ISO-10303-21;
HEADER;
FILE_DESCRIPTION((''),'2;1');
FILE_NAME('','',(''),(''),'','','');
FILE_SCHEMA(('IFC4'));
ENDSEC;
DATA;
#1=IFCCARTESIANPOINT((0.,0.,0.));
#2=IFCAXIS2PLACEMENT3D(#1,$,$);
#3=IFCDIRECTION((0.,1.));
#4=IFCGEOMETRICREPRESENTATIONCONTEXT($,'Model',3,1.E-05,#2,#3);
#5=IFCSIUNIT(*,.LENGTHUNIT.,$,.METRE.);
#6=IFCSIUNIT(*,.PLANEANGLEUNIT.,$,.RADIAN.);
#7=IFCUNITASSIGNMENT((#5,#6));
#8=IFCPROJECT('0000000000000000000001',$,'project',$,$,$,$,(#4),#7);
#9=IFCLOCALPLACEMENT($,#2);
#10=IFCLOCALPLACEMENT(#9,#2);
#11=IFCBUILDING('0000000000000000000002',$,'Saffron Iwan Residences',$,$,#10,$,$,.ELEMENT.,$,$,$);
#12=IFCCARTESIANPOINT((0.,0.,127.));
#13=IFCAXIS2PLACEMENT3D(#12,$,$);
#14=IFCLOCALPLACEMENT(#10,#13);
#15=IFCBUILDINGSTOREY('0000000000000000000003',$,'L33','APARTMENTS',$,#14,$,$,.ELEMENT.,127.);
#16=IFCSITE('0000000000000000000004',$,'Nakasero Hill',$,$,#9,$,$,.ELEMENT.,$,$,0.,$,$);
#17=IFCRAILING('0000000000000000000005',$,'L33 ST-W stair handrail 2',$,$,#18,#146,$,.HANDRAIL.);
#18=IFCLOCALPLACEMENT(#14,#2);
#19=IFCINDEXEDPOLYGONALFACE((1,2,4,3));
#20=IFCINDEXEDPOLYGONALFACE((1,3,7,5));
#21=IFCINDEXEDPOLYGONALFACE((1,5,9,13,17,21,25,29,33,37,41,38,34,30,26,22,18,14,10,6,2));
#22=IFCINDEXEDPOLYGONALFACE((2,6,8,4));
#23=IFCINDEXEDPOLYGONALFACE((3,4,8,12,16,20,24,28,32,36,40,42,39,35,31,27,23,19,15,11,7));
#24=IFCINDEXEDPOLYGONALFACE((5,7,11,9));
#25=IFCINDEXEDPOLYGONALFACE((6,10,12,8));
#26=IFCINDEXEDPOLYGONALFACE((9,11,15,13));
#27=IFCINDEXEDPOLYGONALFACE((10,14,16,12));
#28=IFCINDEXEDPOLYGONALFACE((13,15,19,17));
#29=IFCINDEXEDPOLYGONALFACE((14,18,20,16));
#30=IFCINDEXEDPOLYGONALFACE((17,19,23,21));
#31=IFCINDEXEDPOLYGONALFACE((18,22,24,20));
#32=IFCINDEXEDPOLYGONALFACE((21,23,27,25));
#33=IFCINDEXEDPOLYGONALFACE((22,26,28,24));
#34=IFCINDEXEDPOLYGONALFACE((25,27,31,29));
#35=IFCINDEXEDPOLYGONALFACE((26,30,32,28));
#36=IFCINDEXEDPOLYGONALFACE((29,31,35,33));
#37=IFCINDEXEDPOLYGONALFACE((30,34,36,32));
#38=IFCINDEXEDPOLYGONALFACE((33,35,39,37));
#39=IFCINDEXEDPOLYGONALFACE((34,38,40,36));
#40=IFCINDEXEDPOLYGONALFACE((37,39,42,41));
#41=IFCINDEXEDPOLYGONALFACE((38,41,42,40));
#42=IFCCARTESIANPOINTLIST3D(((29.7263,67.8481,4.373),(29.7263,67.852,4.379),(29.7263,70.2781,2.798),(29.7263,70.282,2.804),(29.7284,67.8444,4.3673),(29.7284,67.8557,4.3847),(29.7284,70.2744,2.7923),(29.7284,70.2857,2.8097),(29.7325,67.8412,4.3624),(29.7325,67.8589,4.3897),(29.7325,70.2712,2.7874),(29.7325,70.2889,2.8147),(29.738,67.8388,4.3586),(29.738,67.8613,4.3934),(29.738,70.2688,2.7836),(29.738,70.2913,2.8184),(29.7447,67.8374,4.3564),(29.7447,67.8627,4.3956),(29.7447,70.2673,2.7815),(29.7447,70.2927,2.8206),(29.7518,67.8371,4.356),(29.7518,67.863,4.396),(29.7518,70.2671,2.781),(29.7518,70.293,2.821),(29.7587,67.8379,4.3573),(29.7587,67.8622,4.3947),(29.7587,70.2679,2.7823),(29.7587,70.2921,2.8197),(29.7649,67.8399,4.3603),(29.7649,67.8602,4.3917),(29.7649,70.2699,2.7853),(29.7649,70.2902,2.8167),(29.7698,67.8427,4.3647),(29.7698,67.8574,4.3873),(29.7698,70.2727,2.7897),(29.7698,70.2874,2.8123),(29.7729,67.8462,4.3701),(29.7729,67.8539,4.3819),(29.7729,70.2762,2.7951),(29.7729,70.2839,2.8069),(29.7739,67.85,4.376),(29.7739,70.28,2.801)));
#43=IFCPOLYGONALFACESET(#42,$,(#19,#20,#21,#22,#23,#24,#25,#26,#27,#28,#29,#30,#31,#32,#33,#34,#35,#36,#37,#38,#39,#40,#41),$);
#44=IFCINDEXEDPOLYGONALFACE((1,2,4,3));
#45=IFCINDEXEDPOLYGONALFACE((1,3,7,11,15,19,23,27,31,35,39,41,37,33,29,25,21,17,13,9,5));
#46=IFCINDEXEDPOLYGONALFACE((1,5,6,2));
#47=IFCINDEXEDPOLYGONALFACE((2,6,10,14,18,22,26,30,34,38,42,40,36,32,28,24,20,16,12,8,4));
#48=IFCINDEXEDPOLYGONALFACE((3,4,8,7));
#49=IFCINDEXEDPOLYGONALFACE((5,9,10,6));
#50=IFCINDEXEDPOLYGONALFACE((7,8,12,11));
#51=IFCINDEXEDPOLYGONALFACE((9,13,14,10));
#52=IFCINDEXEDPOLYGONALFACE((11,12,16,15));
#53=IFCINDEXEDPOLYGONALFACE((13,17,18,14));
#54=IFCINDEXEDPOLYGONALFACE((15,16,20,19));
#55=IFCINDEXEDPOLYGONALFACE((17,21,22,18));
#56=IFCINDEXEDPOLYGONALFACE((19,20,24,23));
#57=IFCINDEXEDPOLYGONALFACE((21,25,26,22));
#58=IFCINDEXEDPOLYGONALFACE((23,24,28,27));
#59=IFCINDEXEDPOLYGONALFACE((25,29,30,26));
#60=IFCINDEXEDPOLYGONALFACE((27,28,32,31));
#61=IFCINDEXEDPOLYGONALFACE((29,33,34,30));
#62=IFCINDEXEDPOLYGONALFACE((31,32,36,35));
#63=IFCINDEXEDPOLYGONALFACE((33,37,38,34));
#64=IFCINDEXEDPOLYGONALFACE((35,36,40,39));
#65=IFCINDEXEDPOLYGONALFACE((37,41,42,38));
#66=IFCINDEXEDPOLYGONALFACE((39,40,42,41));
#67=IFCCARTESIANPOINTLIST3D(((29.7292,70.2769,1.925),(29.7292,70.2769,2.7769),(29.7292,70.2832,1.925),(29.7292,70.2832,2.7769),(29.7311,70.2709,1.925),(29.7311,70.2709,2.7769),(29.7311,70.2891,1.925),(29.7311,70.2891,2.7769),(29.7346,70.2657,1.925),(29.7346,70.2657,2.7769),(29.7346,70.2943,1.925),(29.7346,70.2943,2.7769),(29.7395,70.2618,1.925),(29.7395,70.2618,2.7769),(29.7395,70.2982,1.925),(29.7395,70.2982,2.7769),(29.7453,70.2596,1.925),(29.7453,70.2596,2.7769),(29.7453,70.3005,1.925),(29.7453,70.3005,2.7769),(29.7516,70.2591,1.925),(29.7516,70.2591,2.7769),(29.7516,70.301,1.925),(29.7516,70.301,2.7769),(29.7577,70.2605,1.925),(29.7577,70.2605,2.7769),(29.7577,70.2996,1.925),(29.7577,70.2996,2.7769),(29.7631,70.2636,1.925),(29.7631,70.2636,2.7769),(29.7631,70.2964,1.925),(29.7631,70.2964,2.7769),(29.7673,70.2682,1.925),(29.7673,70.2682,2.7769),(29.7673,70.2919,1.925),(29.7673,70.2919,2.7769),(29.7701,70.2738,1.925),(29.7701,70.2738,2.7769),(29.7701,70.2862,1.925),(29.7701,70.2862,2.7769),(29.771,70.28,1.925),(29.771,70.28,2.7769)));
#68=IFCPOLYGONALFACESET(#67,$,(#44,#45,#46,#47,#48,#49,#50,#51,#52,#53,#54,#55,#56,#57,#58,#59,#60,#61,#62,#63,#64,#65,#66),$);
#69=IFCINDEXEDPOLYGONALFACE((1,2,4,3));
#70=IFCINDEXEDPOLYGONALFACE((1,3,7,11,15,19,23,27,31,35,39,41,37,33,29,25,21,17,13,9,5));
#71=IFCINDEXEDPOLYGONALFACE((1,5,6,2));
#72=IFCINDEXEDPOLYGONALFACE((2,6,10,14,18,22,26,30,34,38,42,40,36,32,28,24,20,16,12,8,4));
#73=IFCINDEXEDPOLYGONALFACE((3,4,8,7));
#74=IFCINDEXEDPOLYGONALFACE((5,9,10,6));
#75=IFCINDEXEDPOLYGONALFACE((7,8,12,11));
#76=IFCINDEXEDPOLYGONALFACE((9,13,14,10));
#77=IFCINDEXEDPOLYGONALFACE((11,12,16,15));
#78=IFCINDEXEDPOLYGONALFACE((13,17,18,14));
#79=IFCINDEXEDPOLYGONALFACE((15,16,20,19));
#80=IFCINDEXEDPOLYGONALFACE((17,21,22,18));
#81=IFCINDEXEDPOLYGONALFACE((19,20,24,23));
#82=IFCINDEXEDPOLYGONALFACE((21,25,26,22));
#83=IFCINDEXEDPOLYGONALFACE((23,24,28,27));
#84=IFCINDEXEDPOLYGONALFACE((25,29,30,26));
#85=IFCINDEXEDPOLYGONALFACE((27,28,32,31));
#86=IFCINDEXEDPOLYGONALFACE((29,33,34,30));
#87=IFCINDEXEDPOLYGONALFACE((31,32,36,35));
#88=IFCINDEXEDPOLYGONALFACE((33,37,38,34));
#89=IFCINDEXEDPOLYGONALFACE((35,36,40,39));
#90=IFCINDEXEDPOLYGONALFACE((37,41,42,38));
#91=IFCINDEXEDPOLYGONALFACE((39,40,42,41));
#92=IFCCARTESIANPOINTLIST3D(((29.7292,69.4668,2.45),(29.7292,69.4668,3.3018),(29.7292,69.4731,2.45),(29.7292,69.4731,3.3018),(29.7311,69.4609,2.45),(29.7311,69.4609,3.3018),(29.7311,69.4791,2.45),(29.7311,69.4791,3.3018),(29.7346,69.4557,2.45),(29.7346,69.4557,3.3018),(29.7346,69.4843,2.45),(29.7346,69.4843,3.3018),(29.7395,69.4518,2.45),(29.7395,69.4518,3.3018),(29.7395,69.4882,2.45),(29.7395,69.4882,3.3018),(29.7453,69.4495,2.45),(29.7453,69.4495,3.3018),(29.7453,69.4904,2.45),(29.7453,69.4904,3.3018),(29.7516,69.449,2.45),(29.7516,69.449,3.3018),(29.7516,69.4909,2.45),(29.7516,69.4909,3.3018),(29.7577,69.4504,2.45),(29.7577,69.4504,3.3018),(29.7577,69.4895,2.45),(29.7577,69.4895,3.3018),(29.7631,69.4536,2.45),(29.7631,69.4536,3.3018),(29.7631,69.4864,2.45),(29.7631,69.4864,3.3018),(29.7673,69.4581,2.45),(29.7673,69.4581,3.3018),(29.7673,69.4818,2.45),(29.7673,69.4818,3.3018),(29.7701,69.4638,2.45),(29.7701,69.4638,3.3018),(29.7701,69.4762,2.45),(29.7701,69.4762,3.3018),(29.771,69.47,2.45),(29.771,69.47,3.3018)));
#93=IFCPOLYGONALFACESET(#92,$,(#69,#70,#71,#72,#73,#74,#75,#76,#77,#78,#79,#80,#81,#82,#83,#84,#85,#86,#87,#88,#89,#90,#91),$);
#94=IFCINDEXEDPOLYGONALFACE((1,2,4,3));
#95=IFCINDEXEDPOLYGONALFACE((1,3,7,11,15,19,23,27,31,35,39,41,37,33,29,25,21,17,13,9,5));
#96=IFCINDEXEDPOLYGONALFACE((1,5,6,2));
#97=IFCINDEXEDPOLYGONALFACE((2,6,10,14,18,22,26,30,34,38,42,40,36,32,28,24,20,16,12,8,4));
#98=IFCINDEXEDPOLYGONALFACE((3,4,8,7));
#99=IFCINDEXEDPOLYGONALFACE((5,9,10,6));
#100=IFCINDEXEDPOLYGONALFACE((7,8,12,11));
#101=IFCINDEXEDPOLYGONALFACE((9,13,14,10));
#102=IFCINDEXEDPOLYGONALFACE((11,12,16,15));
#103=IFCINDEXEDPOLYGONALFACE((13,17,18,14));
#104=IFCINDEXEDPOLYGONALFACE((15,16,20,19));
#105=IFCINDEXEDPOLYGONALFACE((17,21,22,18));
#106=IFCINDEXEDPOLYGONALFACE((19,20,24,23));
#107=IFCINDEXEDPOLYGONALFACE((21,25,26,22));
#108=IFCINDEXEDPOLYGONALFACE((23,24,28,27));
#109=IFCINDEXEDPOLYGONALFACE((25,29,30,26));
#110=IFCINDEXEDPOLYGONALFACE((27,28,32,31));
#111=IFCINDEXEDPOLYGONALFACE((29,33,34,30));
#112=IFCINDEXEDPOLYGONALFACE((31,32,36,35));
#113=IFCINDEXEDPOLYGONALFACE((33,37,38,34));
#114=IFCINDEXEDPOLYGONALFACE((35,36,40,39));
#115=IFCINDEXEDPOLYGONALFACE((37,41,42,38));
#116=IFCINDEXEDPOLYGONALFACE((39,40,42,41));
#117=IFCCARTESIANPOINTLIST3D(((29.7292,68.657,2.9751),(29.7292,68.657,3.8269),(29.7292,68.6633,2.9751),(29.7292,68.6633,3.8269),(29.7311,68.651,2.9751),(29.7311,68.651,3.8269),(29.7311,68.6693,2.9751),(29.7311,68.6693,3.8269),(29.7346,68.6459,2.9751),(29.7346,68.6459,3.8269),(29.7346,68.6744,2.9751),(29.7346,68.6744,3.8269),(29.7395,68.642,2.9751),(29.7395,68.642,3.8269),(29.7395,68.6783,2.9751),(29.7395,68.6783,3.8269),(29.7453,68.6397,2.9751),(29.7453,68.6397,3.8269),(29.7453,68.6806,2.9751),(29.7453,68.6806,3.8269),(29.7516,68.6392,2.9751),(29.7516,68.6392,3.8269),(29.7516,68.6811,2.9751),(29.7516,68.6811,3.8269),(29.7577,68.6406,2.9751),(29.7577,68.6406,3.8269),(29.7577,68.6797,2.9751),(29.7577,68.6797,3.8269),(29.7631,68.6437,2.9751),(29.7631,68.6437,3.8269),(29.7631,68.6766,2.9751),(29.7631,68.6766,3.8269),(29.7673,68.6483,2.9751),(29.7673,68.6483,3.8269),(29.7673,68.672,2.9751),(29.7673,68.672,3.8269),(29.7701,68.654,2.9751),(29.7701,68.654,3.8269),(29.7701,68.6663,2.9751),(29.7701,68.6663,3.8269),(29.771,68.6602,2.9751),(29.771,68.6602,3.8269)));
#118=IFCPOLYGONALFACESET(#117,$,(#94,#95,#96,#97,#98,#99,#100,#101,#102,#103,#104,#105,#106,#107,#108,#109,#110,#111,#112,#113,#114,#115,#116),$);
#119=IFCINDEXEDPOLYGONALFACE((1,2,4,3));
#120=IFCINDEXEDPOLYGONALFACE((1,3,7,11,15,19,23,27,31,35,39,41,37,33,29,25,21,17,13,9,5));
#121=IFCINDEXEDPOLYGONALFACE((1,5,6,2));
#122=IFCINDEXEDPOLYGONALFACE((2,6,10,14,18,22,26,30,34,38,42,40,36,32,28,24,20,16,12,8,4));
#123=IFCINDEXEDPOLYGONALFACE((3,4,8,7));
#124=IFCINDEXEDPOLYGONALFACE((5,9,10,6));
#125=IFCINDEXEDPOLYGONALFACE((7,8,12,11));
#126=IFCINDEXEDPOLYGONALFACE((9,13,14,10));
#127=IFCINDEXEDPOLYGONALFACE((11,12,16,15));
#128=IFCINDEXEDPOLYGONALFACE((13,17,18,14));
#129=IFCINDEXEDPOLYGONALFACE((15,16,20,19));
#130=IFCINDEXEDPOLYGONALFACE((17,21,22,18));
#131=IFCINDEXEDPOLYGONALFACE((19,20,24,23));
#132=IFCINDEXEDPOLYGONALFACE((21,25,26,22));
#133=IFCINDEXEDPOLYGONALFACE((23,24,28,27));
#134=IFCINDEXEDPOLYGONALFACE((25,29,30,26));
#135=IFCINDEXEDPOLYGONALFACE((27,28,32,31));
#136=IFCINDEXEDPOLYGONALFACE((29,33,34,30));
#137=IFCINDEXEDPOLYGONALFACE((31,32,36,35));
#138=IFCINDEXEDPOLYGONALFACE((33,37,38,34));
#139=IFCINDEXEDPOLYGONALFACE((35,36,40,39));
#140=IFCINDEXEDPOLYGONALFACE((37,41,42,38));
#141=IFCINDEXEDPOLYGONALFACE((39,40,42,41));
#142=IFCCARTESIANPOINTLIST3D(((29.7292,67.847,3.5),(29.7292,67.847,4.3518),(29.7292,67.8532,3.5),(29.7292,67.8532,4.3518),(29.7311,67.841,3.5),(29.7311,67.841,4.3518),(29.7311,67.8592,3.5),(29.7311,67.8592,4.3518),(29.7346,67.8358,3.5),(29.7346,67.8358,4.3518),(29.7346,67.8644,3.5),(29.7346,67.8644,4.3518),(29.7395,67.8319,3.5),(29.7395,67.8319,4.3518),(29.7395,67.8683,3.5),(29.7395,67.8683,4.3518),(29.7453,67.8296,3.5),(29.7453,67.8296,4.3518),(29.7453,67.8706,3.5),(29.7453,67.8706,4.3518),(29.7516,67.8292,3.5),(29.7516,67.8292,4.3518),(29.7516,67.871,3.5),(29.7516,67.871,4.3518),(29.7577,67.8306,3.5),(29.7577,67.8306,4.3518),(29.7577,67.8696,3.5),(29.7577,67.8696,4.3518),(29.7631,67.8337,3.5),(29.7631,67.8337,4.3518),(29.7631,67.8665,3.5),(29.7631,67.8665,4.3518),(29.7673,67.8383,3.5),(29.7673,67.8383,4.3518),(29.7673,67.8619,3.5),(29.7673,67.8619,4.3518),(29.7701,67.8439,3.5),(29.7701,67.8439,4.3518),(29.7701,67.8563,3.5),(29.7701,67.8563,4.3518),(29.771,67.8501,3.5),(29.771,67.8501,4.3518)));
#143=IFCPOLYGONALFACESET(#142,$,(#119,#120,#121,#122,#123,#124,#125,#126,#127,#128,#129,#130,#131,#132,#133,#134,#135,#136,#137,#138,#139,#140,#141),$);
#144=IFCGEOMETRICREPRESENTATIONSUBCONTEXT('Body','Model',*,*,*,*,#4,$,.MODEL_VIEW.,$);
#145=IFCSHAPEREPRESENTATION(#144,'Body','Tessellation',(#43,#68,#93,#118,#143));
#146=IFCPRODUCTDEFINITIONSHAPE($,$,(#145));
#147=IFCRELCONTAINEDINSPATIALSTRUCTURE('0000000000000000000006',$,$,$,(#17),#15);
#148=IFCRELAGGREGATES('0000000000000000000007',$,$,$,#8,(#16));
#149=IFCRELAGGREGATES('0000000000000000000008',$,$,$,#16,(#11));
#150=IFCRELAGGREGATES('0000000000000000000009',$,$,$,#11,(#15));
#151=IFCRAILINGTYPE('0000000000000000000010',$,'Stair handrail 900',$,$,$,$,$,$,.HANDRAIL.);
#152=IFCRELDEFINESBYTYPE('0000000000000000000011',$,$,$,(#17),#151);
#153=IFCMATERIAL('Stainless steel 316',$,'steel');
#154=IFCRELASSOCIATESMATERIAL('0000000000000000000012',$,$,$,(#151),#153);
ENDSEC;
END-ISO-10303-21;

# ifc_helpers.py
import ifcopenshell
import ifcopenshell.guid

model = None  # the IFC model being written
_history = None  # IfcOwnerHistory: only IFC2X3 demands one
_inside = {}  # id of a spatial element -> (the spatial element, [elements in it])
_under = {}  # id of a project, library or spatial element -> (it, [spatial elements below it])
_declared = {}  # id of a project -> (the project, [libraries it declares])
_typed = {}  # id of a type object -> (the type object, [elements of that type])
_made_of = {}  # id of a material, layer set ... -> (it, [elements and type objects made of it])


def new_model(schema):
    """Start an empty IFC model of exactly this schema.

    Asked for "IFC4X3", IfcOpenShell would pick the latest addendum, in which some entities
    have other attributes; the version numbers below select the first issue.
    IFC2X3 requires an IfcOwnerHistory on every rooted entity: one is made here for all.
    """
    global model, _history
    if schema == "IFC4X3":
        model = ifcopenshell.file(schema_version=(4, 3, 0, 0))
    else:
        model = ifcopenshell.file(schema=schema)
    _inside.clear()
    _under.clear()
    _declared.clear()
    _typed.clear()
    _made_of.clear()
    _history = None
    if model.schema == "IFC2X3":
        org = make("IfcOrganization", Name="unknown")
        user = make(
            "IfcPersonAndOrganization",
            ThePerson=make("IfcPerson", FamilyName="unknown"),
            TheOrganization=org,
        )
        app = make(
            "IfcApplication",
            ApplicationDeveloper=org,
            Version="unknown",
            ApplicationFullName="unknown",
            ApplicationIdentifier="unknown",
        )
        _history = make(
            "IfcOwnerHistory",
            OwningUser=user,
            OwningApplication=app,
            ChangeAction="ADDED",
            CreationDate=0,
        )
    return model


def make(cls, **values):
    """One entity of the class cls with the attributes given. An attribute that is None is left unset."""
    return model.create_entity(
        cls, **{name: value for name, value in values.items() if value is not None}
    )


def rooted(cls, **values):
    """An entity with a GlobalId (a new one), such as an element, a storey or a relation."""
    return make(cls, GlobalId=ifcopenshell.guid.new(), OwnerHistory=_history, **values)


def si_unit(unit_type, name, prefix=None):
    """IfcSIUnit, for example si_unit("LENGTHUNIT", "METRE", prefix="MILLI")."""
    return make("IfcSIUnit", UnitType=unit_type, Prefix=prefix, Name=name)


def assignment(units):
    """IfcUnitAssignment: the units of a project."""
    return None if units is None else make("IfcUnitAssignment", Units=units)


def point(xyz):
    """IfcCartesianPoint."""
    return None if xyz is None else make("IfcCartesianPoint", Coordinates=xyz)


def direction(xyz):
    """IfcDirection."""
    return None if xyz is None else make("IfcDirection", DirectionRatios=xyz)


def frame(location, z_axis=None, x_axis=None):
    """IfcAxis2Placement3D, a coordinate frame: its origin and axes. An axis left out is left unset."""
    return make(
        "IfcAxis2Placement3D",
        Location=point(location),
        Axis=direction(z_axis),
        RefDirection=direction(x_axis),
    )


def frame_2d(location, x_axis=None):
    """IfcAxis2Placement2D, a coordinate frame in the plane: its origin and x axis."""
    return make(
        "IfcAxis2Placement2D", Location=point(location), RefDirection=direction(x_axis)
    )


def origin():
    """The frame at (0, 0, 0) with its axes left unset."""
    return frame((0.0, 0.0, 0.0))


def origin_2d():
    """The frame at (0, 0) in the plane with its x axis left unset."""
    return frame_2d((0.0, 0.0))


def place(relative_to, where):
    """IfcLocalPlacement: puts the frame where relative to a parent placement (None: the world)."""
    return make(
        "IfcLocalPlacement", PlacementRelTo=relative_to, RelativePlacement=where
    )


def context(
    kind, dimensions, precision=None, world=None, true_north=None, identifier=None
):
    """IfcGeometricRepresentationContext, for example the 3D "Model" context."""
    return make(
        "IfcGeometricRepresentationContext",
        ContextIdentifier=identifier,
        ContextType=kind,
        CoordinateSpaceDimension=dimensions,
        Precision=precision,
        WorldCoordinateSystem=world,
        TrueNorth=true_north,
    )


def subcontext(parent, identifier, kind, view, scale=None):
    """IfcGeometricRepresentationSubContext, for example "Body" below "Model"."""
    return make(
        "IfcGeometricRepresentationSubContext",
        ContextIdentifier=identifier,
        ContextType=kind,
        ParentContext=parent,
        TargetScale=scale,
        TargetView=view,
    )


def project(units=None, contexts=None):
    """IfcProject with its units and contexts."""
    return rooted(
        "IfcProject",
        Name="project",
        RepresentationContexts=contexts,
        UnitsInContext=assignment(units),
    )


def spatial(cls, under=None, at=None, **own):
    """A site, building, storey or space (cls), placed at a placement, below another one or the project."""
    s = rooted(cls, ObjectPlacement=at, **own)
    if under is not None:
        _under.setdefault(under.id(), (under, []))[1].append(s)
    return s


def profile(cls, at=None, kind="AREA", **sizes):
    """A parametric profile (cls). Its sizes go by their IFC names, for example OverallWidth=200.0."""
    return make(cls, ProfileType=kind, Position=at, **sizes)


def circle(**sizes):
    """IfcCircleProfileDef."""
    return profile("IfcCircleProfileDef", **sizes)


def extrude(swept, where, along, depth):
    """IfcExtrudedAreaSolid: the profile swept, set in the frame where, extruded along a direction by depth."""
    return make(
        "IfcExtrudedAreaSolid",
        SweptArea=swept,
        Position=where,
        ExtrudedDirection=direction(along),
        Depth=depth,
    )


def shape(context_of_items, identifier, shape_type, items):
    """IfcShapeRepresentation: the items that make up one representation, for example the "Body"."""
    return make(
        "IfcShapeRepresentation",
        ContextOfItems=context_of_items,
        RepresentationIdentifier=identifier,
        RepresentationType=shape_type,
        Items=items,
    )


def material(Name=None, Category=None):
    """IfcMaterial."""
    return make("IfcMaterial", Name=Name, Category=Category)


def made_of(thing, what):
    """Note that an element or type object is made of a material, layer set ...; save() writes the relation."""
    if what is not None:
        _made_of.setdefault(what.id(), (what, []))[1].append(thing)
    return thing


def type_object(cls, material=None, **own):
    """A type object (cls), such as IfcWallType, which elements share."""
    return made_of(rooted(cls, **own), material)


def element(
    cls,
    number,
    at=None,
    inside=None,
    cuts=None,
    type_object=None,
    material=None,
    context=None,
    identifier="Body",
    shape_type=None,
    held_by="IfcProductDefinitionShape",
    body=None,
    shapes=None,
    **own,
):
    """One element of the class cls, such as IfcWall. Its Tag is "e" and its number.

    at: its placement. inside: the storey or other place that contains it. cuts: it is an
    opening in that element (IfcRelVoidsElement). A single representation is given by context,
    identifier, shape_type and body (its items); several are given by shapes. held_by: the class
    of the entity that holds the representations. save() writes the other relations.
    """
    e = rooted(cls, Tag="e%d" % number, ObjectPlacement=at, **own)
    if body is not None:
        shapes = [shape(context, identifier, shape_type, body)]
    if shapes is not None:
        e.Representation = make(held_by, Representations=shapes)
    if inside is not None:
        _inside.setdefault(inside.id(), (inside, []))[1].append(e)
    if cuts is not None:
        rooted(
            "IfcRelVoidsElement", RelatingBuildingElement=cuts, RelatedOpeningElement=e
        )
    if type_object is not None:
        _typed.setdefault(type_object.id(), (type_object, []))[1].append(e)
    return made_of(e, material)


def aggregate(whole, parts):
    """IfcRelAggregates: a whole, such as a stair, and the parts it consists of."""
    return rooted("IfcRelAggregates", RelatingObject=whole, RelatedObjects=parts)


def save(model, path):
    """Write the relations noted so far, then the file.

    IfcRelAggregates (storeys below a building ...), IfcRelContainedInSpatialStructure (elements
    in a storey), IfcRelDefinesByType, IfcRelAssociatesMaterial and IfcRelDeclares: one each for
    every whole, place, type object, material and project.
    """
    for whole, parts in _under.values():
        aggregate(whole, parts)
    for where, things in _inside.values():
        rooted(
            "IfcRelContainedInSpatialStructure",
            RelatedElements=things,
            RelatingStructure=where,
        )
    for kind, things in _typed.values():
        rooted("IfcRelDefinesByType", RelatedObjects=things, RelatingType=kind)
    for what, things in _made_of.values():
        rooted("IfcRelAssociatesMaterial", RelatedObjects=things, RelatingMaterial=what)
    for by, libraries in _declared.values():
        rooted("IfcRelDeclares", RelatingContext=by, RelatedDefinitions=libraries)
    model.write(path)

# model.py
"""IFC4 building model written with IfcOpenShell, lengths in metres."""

from ifc_helpers import new_model, si_unit, direction, frame, origin, origin_2d, place, context, subcontext, project, spatial, circle, extrude, material, type_object, element, save


model = new_model("IFC4")

# Units and contexts
model_context = context("Model", 3, precision=1e-05, world=origin(), true_north=direction((0.0, 1.0)))
body_context = subcontext(model_context, "Body", "Model", "MODEL_VIEW")
ifc_project = project(units=[si_unit("LENGTHUNIT", "METRE"), si_unit("PLANEANGLEUNIT", "RADIAN")], contexts=[model_context])

# Site, building, storey
site_placement = place(None, origin())
site = spatial("IfcSite", under=ifc_project, at=site_placement, Name="Nakasero Hill", CompositionType="ELEMENT", RefElevation=0.0)
building_placement = place(site_placement, origin())
building = spatial("IfcBuilding", under=site, at=building_placement, Name="Saffron Iwan Residences", CompositionType="ELEMENT")
storey_placement = place(building_placement, frame((0.0, 0.0, 127.0)))
storey = spatial("IfcBuildingStorey", under=building, at=storey_placement, Name="L33", Description="APARTMENTS", CompositionType="ELEMENT", Elevation=127.0)

# Railing
ifc_material_1 = material(Name="Stainless steel 316", Category="steel")
railing_type = type_object("IfcRailingType", Name="Stair handrail 900", PredefinedType="HANDRAIL", material=ifc_material_1)
railing_placement = place(storey_placement, frame((29.75, 70.28, 1.925)))
element("IfcRailing", 1, at=railing_placement, inside=storey, type_object=railing_type, Name="L33 ST-W stair handrail 2", PredefinedType="HANDRAIL", context=body_context, shape_type="SweptSolid", body=[
    extrude(circle(Radius=0.0239, at=origin_2d()), frame((0.0, 0.0, 0.876), z_axis=(0.0, -0.839154, 0.543894), x_axis=(1.0, 0.0, 0.0)), (0.0, 0.0, 1.0), 2.8958),
    extrude(circle(Radius=0.021, at=origin_2d()), origin(), (0.0, 0.0, 1.0), 0.8518),
    extrude(circle(Radius=0.021, at=origin_2d()), frame((0.0, -0.8101, 0.5249)), (0.0, 0.0, 1.0), 0.8518),
    extrude(circle(Radius=0.021, at=origin_2d()), frame((0.0, -1.6199, 1.05)), (0.0, 0.0, 1.0), 0.8518),
    extrude(circle(Radius=0.021, at=origin_2d()), frame((0.0, -2.4299, 1.575)), (0.0, 0.0, 1.0), 0.8518),
])

save(model, "model.ifc")
